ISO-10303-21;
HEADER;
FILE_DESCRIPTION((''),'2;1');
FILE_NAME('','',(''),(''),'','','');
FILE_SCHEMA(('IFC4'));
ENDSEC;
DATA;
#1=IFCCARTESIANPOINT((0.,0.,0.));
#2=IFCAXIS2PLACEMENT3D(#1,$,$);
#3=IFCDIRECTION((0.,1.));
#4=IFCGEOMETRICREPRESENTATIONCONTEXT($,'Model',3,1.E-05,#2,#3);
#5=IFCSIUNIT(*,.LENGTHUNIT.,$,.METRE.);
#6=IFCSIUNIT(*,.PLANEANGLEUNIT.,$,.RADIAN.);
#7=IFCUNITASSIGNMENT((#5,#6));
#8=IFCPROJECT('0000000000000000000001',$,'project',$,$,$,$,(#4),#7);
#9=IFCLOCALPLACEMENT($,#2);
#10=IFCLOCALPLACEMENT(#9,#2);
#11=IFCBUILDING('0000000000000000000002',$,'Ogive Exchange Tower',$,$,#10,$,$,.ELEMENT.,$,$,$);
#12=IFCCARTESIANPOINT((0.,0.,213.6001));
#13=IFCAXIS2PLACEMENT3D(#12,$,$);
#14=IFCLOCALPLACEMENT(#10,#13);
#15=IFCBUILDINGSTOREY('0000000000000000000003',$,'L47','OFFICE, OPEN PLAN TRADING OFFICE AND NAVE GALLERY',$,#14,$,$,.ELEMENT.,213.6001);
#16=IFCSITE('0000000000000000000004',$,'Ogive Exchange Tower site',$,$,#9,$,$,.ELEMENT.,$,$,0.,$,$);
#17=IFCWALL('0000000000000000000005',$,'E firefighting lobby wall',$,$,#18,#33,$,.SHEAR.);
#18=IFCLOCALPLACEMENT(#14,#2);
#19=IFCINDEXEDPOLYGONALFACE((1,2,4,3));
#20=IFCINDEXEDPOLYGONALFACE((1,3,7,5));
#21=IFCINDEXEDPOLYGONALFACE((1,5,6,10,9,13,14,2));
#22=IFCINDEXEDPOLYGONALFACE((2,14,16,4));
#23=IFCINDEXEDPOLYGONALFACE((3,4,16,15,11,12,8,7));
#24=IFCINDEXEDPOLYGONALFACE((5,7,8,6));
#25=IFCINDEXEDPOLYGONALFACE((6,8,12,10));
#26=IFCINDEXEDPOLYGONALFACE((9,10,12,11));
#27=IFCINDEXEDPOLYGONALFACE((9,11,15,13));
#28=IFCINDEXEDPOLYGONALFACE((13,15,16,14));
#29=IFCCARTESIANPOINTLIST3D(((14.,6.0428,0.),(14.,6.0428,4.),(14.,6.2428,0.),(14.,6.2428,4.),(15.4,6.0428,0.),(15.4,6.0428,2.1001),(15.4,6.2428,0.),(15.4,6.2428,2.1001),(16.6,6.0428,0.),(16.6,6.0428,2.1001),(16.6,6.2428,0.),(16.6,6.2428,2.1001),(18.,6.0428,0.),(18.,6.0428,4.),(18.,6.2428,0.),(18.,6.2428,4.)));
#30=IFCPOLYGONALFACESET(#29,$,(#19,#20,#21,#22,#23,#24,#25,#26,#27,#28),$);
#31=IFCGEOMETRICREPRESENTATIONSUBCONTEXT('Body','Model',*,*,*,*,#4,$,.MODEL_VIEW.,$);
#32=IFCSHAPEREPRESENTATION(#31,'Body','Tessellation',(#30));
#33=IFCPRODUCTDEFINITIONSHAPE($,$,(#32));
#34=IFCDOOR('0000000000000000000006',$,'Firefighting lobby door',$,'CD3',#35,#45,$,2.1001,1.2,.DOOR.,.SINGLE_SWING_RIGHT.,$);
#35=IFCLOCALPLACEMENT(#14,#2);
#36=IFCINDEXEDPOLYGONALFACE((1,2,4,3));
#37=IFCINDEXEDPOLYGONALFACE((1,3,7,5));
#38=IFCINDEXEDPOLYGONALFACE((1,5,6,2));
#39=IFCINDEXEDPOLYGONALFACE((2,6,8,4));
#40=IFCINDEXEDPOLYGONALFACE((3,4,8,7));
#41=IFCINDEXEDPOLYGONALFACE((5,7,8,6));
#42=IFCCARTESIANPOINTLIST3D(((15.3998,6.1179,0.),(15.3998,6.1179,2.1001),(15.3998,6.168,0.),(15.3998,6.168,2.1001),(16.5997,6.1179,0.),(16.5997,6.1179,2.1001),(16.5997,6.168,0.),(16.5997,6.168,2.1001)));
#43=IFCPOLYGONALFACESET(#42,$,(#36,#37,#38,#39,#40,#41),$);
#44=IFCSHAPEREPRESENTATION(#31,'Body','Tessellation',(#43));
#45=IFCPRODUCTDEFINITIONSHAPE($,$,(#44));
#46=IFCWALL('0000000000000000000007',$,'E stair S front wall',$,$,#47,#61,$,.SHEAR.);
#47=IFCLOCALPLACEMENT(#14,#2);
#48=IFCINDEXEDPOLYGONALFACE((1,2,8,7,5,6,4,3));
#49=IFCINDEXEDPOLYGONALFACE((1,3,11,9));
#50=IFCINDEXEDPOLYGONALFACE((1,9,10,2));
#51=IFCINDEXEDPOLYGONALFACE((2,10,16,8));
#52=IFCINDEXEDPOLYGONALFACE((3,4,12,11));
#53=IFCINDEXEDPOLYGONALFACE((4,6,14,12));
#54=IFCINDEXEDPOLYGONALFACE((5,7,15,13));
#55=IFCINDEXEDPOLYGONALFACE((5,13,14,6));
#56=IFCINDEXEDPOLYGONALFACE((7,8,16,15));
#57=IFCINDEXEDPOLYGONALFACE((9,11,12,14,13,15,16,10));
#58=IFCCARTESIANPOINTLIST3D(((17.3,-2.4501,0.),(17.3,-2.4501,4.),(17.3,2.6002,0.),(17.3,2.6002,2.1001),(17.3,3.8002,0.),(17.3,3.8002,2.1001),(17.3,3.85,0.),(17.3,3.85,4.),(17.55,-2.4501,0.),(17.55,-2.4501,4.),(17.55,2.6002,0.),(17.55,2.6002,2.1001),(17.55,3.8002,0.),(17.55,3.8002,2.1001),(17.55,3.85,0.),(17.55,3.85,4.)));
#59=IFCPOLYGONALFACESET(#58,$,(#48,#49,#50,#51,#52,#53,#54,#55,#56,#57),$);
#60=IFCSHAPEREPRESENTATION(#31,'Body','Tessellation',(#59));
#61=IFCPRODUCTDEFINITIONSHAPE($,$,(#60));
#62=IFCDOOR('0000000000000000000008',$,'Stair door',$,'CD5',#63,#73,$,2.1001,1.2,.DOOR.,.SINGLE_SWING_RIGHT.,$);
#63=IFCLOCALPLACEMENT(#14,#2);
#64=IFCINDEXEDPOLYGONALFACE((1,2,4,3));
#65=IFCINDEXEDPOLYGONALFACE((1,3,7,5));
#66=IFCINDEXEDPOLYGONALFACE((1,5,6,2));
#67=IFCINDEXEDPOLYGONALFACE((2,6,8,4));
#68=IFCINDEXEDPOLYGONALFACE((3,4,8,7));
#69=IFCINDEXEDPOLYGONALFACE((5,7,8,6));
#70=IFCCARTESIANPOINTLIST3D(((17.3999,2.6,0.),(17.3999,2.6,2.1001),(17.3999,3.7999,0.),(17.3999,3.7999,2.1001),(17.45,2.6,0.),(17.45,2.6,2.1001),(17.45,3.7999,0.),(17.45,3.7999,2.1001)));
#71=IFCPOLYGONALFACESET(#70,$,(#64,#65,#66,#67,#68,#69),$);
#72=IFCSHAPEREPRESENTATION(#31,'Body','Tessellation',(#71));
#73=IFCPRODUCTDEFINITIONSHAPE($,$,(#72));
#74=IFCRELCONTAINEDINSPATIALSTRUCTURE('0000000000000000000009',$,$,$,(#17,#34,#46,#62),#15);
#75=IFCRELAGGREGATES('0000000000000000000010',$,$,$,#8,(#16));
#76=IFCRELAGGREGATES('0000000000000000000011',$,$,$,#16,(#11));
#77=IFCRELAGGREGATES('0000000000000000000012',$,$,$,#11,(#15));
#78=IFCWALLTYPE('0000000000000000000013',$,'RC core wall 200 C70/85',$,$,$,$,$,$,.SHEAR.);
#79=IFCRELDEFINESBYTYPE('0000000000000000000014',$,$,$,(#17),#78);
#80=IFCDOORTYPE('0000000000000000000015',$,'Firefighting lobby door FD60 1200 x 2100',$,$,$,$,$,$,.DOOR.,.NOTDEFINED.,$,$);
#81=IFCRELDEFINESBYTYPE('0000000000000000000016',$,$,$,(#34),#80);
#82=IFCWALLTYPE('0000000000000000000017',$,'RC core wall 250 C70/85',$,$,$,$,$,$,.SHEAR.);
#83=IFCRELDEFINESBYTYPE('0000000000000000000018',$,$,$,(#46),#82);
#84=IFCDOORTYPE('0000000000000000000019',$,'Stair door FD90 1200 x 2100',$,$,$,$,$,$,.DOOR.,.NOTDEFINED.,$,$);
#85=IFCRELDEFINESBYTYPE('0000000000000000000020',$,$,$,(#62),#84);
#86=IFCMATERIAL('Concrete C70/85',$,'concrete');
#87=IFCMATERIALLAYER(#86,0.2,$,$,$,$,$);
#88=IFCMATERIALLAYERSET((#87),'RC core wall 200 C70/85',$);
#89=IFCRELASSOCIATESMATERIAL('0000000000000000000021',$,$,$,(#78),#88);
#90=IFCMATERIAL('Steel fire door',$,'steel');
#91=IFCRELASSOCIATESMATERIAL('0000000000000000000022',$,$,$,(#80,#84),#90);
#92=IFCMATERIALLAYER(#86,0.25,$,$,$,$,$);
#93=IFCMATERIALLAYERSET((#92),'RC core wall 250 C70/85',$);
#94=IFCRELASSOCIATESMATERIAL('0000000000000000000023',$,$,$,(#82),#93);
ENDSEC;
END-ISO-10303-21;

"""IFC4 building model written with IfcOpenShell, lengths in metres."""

from ifc_helpers import new_model, si_unit, direction, frame, frame_2d, origin, place, context, subcontext, project, spatial, rectangle, extrude, material, layer, layer_set, type_object, element, fill, save


model = new_model("IFC4")

# Units and contexts
model_context = context("Model", 3, precision=1e-05, world=origin(), true_north=direction((0.0, 1.0)))
body_context = subcontext(model_context, "Body", "Model", "MODEL_VIEW")
ifc_project = project(units=[si_unit("LENGTHUNIT", "METRE"), si_unit("PLANEANGLEUNIT", "RADIAN")], contexts=[model_context])

# Site, building, storey
site_placement = place(None, origin())
site = spatial("IfcSite", under=ifc_project, at=site_placement, Name="Ogive Exchange Tower site", CompositionType="ELEMENT", RefElevation=0.0)
building_placement = place(site_placement, origin())
building = spatial("IfcBuilding", under=site, at=building_placement, Name="Ogive Exchange Tower", CompositionType="ELEMENT")
storey_placement = place(building_placement, frame((0.0, 0.0, 213.6001)))
storey = spatial("IfcBuildingStorey", under=building, at=storey_placement, Name="L47", Description="OFFICE, OPEN PLAN TRADING OFFICE AND NAVE GALLERY", CompositionType="ELEMENT", Elevation=213.6001)

# Shared definitions
ifc_material_1 = material(Name="Concrete C70/85", Category="concrete")

# Walls, openings, doors
ifc_layer_1 = layer(ifc_material_1, 0.2)
ifc_layer_set_1 = layer_set([ifc_layer_1], Name="RC core wall 200 C70/85")
wall_type_1 = type_object("IfcWallType", Name="RC core wall 200 C70/85", PredefinedType="SHEAR", material=ifc_layer_set_1)
wall_1_placement = place(storey_placement, frame((14.0, 6.1428, 0.0), z_axis=(0.0, 0.0, 1.0), x_axis=(1.0, 0.0, 0.0)))
wall_1 = element("IfcWall", 1, at=wall_1_placement, inside=storey, type_object=wall_type_1, Name="E firefighting lobby wall", PredefinedType="SHEAR", context=body_context, shape_type="SweptSolid", body=[
    extrude(rectangle(XDim=4.0, YDim=0.2, at=frame_2d((2.0, 0.0))), origin(), (0.0, 0.0, 1.0), 4.0),
])
opening_1_placement = place(wall_1_placement, frame((1.3999, 0.0, 0.0)))
opening_1 = element("IfcOpeningElement", 2, at=opening_1_placement, cuts=wall_1, PredefinedType="OPENING", context=body_context, shape_type="SweptSolid", body=[
    extrude(rectangle(XDim=1.2, YDim=2.1001, at=frame_2d((0.6001, 1.05))), frame((0.0, 0.1099, 0.0), z_axis=(0.0, -1.0, 0.0), x_axis=(1.0, 0.0, 0.0)), (0.0, 0.0, 1.0), 0.22),
])
ifc_material_2 = material(Name="Steel fire door", Category="steel")
door_type_1 = type_object("IfcDoorType", Name="Firefighting lobby door FD60 1200 x 2100", OperationType="NOTDEFINED", PredefinedType="DOOR", material=ifc_material_2)
door_1_placement = place(opening_1_placement, frame((1.2, 0.0, 0.0), z_axis=(0.0, 0.0, 1.0), x_axis=(-1.0, 0.0, 0.0)))
door_1 = element("IfcDoor", 3, at=door_1_placement, inside=storey, type_object=door_type_1, Name="Firefighting lobby door", ObjectType="CD3", OperationType="SINGLE_SWING_RIGHT", OverallHeight=2.1001, OverallWidth=1.2, PredefinedType="DOOR", context=body_context, shape_type="SweptSolid", body=[
    extrude(rectangle(XDim=1.2, YDim=2.1001, at=frame_2d((0.6001, 1.05))), frame((0.0, 0.0249, 0.0), z_axis=(0.0, -1.0, 0.0), x_axis=(1.0, 0.0, 0.0)), (0.0, 0.0, 1.0), 0.05),
])
fill(opening_1, door_1)
ifc_layer_2 = layer(ifc_material_1, 0.25)
ifc_layer_set_2 = layer_set([ifc_layer_2], Name="RC core wall 250 C70/85")
wall_type_2 = type_object("IfcWallType", Name="RC core wall 250 C70/85", PredefinedType="SHEAR", material=ifc_layer_set_2)
wall_2_placement = place(storey_placement, frame((17.425, -2.45, 0.0), z_axis=(0.0, 0.0, 1.0), x_axis=(0.0, 1.0, 0.0)))
wall_2 = element("IfcWall", 4, at=wall_2_placement, inside=storey, type_object=wall_type_2, Name="E stair S front wall", PredefinedType="SHEAR", context=body_context, shape_type="SweptSolid", body=[
    extrude(rectangle(XDim=6.3, YDim=0.25, at=frame_2d((3.1499, 0.0))), origin(), (0.0, 0.0, 1.0), 4.0),
])
opening_2_placement = place(wall_2_placement, frame((5.05, 0.0, 0.0)))
opening_2 = element("IfcOpeningElement", 5, at=opening_2_placement, cuts=wall_2, PredefinedType="OPENING", context=body_context, shape_type="SweptSolid", body=[
    extrude(rectangle(XDim=1.2, YDim=2.1001, at=frame_2d((0.6001, 1.05))), frame((0.0, 0.135, 0.0), z_axis=(0.0, -1.0, 0.0), x_axis=(1.0, 0.0, 0.0)), (0.0, 0.0, 1.0), 0.27),
])
door_type_2 = type_object("IfcDoorType", Name="Stair door FD90 1200 x 2100", OperationType="NOTDEFINED", PredefinedType="DOOR", material=ifc_material_2)
door_2_placement = place(opening_2_placement, frame((1.2, 0.0, 0.0), z_axis=(0.0, 0.0, 1.0), x_axis=(-1.0, 0.0, 0.0)))
door_2 = element("IfcDoor", 6, at=door_2_placement, inside=storey, type_object=door_type_2, Name="Stair door", ObjectType="CD5", OperationType="SINGLE_SWING_RIGHT", OverallHeight=2.1001, OverallWidth=1.2, PredefinedType="DOOR", context=body_context, shape_type="SweptSolid", body=[
    extrude(rectangle(XDim=1.2, YDim=2.1001, at=frame_2d((0.6001, 1.05))), frame((0.0, 0.0249, 0.0), z_axis=(0.0, -1.0, 0.0), x_axis=(1.0, 0.0, 0.0)), (0.0, 0.0, 1.0), 0.05),
])
fill(opening_2, door_2)

save(model, "model.ifc")
